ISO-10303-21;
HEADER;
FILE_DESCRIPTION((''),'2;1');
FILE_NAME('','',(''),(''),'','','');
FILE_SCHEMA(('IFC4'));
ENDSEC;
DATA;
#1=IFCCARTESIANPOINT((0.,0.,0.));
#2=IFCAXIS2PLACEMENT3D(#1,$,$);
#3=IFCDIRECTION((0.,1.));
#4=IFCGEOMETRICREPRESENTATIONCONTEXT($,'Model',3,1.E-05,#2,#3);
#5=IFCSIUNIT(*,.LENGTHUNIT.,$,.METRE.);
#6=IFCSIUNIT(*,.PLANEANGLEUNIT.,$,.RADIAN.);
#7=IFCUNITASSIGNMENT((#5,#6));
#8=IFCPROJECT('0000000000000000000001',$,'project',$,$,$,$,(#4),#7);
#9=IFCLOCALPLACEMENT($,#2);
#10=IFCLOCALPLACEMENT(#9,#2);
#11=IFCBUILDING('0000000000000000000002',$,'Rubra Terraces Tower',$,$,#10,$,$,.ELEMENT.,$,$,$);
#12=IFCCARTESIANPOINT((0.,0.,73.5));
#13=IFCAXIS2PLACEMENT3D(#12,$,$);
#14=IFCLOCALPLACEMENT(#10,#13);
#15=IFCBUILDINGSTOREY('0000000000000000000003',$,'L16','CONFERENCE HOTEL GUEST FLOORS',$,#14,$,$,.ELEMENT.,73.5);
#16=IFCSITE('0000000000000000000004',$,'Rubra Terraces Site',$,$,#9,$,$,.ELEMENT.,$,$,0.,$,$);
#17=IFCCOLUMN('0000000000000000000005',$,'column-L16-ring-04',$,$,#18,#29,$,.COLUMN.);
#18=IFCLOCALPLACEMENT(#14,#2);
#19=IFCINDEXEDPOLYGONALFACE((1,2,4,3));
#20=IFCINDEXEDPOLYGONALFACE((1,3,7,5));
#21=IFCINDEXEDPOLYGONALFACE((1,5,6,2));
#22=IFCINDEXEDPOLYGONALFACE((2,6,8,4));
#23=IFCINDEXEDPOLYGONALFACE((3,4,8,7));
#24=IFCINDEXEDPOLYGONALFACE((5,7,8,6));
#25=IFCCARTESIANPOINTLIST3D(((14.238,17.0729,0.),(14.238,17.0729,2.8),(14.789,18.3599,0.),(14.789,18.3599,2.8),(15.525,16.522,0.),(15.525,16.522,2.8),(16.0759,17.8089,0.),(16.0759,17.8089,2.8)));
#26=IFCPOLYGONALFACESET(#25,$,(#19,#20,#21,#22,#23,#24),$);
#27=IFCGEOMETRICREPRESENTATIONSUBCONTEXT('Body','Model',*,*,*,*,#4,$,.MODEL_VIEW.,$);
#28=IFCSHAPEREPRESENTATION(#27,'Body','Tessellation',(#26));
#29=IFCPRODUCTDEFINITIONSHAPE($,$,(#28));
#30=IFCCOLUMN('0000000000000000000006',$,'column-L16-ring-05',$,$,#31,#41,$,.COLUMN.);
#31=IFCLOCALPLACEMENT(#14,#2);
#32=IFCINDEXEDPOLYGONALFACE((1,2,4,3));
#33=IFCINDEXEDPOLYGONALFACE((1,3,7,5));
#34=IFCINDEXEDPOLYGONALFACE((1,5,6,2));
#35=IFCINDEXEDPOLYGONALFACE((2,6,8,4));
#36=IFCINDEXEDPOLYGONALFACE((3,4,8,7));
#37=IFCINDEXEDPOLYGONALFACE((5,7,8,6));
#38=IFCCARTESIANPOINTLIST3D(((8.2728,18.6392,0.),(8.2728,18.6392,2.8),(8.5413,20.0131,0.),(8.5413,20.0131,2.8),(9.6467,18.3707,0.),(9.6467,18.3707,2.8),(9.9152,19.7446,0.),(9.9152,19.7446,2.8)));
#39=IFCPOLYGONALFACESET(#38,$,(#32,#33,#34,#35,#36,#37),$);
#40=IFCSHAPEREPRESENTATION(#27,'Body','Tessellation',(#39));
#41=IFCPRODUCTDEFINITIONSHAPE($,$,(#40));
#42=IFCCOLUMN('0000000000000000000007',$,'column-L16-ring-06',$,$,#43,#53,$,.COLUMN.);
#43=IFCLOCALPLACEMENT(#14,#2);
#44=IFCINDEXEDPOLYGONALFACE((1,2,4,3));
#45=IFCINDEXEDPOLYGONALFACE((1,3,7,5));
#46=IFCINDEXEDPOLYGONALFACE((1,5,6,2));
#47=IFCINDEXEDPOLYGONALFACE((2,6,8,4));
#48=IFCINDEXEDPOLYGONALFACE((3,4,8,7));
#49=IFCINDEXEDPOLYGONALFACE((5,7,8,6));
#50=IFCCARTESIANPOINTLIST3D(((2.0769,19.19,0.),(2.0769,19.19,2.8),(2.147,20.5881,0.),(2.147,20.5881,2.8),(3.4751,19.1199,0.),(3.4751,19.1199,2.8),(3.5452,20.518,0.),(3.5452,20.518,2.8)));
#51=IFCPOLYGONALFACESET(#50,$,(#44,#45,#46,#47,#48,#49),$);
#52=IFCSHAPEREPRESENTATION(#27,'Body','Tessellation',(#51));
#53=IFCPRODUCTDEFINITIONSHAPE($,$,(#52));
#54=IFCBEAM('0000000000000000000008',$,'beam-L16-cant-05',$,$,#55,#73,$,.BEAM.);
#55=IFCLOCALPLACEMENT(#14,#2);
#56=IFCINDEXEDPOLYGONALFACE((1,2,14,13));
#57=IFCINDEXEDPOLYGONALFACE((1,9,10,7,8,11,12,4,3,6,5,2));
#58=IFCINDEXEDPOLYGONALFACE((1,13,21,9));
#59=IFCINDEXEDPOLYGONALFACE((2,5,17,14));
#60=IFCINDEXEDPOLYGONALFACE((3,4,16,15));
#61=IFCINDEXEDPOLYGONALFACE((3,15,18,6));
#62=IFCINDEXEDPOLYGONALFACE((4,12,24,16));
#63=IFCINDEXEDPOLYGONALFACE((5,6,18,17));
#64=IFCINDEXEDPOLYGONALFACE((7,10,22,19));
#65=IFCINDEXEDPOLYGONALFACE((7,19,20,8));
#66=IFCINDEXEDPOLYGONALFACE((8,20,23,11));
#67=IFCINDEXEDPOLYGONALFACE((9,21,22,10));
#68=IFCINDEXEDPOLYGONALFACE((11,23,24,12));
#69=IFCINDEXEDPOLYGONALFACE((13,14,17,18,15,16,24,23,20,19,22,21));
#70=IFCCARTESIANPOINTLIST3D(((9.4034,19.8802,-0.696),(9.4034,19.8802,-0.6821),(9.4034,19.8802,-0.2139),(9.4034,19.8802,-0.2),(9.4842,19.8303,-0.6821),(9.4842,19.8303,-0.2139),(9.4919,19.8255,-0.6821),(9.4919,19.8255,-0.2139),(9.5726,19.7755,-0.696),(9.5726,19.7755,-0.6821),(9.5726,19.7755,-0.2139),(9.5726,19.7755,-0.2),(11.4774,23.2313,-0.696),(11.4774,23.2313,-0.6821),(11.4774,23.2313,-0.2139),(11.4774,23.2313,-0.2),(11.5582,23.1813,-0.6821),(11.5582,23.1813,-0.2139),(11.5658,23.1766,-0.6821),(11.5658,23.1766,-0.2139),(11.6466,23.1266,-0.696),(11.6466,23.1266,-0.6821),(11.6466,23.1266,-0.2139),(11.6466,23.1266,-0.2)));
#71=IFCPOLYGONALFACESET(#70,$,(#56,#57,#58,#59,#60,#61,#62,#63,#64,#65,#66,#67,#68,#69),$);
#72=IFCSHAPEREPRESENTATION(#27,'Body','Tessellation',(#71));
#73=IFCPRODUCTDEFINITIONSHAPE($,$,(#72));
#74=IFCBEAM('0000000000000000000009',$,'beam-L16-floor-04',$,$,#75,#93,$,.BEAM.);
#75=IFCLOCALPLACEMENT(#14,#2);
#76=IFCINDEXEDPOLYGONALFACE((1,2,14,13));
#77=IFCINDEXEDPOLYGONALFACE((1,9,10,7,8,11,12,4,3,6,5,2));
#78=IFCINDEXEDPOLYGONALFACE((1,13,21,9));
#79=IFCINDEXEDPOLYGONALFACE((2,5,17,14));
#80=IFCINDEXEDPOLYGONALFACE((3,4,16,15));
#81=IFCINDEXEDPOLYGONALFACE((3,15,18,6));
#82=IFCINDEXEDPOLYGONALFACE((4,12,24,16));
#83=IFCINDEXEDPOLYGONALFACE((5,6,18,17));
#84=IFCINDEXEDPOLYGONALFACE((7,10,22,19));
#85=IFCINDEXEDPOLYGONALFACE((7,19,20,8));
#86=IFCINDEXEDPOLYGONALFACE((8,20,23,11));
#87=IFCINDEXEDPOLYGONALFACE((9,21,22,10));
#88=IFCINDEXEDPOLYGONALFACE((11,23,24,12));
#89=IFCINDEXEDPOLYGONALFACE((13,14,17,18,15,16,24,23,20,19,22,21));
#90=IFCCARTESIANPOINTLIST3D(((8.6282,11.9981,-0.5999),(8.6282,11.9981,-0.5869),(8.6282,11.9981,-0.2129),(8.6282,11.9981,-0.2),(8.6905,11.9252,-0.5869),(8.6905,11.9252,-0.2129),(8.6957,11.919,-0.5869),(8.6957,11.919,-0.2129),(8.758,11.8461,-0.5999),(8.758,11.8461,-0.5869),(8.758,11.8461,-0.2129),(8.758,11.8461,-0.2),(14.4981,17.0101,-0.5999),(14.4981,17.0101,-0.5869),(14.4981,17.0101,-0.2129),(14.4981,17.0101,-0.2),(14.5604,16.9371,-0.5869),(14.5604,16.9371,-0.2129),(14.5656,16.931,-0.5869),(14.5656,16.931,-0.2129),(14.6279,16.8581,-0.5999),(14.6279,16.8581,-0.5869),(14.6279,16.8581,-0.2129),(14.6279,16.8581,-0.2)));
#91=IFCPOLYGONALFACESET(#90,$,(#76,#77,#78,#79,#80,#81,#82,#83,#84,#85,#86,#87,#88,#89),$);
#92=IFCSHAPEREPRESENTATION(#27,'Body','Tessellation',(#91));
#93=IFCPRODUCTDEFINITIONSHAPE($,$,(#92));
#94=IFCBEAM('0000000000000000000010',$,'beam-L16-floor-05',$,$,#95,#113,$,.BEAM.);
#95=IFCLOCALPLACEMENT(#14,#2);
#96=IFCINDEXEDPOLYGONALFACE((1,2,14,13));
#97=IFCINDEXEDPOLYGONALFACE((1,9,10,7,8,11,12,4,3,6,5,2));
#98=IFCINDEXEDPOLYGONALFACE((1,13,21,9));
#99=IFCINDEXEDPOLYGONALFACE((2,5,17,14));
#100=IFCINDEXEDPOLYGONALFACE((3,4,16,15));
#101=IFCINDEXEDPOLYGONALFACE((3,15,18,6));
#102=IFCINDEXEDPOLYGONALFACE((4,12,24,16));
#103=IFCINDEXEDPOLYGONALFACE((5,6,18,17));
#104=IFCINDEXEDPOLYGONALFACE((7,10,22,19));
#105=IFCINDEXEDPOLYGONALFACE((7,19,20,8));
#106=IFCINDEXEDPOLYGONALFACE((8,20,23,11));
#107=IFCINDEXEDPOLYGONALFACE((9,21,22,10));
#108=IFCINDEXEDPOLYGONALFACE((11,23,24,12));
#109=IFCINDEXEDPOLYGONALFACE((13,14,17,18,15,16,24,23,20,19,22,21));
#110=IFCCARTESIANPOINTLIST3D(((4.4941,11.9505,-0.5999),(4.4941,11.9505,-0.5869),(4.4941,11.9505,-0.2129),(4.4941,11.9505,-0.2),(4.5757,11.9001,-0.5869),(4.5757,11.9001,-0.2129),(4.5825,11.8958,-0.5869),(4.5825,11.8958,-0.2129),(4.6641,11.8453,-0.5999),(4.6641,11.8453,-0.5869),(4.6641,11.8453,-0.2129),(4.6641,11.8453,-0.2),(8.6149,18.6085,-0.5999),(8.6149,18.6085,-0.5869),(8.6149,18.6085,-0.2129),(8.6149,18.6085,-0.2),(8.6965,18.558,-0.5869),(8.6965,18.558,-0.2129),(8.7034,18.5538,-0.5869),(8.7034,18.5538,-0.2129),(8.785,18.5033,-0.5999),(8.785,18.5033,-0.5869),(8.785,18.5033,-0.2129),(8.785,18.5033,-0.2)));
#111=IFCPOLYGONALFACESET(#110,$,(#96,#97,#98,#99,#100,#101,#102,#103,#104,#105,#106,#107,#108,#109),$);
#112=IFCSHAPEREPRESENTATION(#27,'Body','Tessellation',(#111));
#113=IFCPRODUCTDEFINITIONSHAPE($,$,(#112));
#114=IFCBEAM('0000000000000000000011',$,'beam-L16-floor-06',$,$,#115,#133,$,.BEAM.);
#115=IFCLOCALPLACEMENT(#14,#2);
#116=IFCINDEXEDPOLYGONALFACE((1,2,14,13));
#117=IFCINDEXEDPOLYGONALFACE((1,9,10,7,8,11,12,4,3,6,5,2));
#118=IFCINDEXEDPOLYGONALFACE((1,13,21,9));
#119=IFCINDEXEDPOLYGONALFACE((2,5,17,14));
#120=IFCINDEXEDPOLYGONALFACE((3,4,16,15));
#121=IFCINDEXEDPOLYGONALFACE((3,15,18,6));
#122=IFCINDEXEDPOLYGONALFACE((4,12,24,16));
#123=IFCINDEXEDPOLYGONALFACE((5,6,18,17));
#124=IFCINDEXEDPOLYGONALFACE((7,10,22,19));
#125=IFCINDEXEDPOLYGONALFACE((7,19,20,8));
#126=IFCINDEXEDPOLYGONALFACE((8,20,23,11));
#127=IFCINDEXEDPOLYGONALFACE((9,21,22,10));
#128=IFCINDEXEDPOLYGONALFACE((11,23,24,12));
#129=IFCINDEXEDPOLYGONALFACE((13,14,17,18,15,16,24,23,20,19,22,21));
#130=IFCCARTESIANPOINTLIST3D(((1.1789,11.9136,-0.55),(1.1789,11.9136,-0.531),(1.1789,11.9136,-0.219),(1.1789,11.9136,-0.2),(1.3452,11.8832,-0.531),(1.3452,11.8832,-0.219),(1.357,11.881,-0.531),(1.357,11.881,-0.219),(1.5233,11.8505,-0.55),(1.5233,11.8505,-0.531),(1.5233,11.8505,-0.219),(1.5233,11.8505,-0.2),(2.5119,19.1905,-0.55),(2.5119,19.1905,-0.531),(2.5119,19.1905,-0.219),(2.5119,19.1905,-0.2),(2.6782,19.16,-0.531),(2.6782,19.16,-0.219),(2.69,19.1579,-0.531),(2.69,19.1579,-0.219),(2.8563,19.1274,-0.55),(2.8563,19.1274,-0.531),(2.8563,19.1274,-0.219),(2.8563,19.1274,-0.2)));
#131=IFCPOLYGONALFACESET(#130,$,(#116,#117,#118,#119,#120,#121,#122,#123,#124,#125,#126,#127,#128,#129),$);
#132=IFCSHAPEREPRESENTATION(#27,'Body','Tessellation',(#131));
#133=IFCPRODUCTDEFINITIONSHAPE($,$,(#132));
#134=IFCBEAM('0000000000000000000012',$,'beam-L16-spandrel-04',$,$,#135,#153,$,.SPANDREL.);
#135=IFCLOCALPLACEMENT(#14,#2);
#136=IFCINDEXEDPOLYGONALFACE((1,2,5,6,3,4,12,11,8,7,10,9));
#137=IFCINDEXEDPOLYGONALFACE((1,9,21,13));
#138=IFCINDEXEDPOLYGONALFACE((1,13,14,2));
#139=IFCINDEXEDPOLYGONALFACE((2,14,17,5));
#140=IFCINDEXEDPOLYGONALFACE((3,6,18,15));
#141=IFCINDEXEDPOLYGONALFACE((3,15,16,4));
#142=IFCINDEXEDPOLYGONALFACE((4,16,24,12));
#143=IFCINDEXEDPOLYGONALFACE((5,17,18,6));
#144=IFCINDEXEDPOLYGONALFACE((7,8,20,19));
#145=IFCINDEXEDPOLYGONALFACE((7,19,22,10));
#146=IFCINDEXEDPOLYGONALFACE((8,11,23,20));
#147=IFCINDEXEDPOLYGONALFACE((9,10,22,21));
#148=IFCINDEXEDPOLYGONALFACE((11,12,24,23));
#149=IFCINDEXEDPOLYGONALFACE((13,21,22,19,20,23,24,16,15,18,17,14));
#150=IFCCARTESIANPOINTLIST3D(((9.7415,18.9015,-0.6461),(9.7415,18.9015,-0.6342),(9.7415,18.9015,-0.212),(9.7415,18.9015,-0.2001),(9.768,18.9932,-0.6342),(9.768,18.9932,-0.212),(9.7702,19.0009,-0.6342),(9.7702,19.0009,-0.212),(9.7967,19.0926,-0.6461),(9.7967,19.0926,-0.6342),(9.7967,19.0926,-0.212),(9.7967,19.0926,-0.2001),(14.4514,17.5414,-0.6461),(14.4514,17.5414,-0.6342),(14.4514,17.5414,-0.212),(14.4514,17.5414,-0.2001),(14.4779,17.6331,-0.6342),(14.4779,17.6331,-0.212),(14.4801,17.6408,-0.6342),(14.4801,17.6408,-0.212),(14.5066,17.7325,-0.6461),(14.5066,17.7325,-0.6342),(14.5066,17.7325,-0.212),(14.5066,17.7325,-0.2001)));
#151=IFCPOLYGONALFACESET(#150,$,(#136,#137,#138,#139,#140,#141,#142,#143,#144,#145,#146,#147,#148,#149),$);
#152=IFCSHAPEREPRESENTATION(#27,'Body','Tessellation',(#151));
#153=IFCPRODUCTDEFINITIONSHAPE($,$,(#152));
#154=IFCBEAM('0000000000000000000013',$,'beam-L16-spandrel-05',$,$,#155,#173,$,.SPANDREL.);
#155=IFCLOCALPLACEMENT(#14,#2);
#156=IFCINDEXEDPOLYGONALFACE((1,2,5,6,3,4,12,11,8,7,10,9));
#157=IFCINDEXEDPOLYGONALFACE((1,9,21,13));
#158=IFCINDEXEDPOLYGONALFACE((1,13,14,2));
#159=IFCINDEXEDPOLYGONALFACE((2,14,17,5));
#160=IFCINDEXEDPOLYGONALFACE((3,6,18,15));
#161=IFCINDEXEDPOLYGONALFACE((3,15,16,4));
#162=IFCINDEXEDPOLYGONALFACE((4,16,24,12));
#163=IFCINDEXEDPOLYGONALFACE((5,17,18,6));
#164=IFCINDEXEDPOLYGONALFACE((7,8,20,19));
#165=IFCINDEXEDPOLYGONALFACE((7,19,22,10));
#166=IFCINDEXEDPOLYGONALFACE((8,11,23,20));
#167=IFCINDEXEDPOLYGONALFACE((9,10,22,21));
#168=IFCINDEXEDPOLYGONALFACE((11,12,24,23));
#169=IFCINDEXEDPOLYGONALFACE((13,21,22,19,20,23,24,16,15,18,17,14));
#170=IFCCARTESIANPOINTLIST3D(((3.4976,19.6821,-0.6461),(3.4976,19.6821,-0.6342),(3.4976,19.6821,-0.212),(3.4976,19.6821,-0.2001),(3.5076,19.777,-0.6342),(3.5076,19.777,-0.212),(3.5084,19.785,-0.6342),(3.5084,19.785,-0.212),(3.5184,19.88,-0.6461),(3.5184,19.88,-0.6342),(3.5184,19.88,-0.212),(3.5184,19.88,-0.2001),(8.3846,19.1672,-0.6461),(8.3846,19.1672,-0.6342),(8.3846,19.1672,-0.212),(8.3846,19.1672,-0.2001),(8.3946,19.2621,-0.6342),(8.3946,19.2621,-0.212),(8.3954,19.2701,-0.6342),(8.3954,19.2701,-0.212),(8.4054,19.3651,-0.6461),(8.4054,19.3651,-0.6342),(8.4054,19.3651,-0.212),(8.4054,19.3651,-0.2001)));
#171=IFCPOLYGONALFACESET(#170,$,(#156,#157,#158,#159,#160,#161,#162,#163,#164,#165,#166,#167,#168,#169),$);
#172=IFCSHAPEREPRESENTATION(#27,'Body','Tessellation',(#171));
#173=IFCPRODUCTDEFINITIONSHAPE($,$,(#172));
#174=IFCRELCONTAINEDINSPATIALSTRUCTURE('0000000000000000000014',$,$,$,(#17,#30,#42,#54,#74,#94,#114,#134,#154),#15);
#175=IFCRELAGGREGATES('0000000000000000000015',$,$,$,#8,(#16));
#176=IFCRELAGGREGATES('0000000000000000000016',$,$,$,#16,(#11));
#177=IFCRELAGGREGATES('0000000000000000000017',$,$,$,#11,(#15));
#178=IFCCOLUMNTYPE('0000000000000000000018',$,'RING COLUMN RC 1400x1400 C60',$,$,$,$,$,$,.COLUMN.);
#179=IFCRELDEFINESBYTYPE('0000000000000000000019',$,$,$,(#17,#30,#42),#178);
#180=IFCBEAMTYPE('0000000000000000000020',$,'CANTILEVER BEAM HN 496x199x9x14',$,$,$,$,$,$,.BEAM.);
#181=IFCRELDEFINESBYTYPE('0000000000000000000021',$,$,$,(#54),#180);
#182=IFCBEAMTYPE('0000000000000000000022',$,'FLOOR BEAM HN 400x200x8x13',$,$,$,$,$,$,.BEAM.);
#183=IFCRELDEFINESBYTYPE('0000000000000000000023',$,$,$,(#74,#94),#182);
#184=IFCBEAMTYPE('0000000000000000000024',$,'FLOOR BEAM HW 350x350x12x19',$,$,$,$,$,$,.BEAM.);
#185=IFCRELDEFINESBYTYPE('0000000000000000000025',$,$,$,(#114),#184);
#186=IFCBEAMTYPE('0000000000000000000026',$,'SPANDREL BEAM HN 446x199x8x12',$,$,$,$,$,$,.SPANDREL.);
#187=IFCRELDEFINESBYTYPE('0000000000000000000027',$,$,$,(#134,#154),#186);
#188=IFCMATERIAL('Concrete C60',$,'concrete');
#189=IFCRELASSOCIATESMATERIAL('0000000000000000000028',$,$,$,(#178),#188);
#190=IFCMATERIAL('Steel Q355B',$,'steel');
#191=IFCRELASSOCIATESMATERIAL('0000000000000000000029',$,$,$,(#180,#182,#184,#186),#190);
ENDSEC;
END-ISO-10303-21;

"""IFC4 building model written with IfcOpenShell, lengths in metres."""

from ifc_helpers import new_model, si_unit, direction, frame, origin, origin_2d, place, context, subcontext, project, spatial, rectangle, i_section, extrude, material, material_profile, profile_set, type_object, element, save


model = new_model("IFC4")

# Units and contexts
model_context = context("Model", 3, precision=1e-05, world=origin(), true_north=direction((0.0, 1.0)))
body_context = subcontext(model_context, "Body", "Model", "MODEL_VIEW")
ifc_project = project(units=[si_unit("LENGTHUNIT", "METRE"), si_unit("PLANEANGLEUNIT", "RADIAN")], contexts=[model_context])

# Site, building, storey
site_placement = place(None, origin())
site = spatial("IfcSite", under=ifc_project, at=site_placement, Name="Rubra Terraces Site", CompositionType="ELEMENT", RefElevation=0.0)
building_placement = place(site_placement, origin())
building = spatial("IfcBuilding", under=site, at=building_placement, Name="Rubra Terraces Tower", CompositionType="ELEMENT")
storey_placement = place(building_placement, frame((0.0, 0.0, 73.5)))
storey = spatial("IfcBuildingStorey", under=building, at=storey_placement, Name="L16", Description="CONFERENCE HOTEL GUEST FLOORS", CompositionType="ELEMENT", Elevation=73.5)

# Columns
ifc_material_1 = material(Name="Concrete C60", Category="concrete")
ifc_material_profile_1 = material_profile(ifc_material_1, rectangle(XDim=1.3999, YDim=1.3999, at=origin_2d()), Name="RC 1400x1400")
ifc_profile_set_1 = profile_set([ifc_material_profile_1], Name="Concrete C60")
column_type = type_object("IfcColumnType", Name="RING COLUMN RC 1400x1400 C60", PredefinedType="COLUMN", material=ifc_profile_set_1)
for number, where, z_axis, x_axis, name in (
    (1, (15.157, 17.4409, 0.0), (0.0, 0.0, 1.0), (-0.919294, 0.393572, 0.0), "column-L16-ring-04"),
    (2, (9.094, 19.1919, 0.0), (0.0, 0.0, 1.0), (-0.98143, 0.191819, 0.0), "column-L16-ring-05"),
    (3, (2.811, 19.854, 0.0), (0.0, 0.0, 1.0), (-0.998745, 0.050084, 0.0), "column-L16-ring-06"),
):
    element("IfcColumn", number, at=place(storey_placement, frame(where, z_axis=z_axis, x_axis=x_axis)), inside=storey, type_object=column_type, Name=name, PredefinedType="COLUMN", context=body_context, shape_type="SweptSolid", body=[
        extrude(rectangle(XDim=1.3999, YDim=1.3999, at=origin_2d()), origin(), (0.0, 0.0, 1.0), 2.8),
    ])

# Beams
ifc_material_2 = material(Name="Steel Q355B", Category="steel")
ifc_material_profile_2 = material_profile(ifc_material_2, i_section(OverallWidth=0.199, OverallDepth=0.4961, WebThickness=0.009, FlangeThickness=0.0139, at=origin_2d()), Name="HN 496x199x9x14")
ifc_profile_set_2 = profile_set([ifc_material_profile_2], Name="Steel Q355B")
beam_type_1 = type_object("IfcBeamType", Name="CANTILEVER BEAM HN 496x199x9x14", PredefinedType="BEAM", material=ifc_profile_set_2)
beam_1_placement = place(storey_placement, frame((9.488, 19.8279, -0.448), z_axis=(0.526263, 0.850322, 0.0), x_axis=(-0.850322, 0.526263, 0.0)))
element("IfcBeam", 4, at=beam_1_placement, inside=storey, type_object=beam_type_1, Name="beam-L16-cant-05", PredefinedType="BEAM", context=body_context, shape_type="SweptSolid", body=[
    extrude(i_section(OverallWidth=0.199, OverallDepth=0.4961, WebThickness=0.009, FlangeThickness=0.0139, at=origin_2d()), origin(), (0.0, 0.0, 1.0), 3.9409),
])
ifc_material_profile_3 = material_profile(ifc_material_2, i_section(OverallWidth=0.2, OverallDepth=0.3999, WebThickness=0.0081, FlangeThickness=0.0129, at=origin_2d()), Name="HN 400x200x8x13")
ifc_profile_set_3 = profile_set([ifc_material_profile_3], Name="Steel Q355B")
beam_type_2 = type_object("IfcBeamType", Name="FLOOR BEAM HN 400x200x8x13", PredefinedType="BEAM", material=ifc_profile_set_3)
beam_2_placement = place(storey_placement, frame((14.563, 16.9341, -0.3999), z_axis=(-0.760494, -0.649344, 0.0), x_axis=(0.649344, -0.760494, 0.0)))
element("IfcBeam", 5, at=beam_2_placement, inside=storey, type_object=beam_type_2, Name="beam-L16-floor-04", PredefinedType="BEAM", context=body_context, shape_type="SweptSolid", body=[
    extrude(i_section(OverallWidth=0.2, OverallDepth=0.3999, WebThickness=0.0081, FlangeThickness=0.0129, at=origin_2d()), origin(), (0.0, 0.0, 1.0), 7.7185),
])
beam_3_placement = place(storey_placement, frame((8.7, 18.5559, -0.3999), z_axis=(-0.526286, -0.850308, 0.0), x_axis=(0.850308, -0.526286, 0.0)))
element("IfcBeam", 6, at=beam_3_placement, inside=storey, type_object=beam_type_2, Name="beam-L16-floor-05", PredefinedType="BEAM", context=body_context, shape_type="SweptSolid", body=[
    extrude(i_section(OverallWidth=0.2, OverallDepth=0.3999, WebThickness=0.0081, FlangeThickness=0.0129, at=origin_2d()), origin(), (0.0, 0.0, 1.0), 7.8301),
])
ifc_material_profile_4 = material_profile(ifc_material_2, i_section(OverallWidth=0.3501, OverallDepth=0.3501, WebThickness=0.012, FlangeThickness=0.019, at=origin_2d()), Name="HW 350x350x12x19")
ifc_profile_set_4 = profile_set([ifc_material_profile_4], Name="Steel Q355B")
beam_type_3 = type_object("IfcBeamType", Name="FLOOR BEAM HW 350x350x12x19", PredefinedType="BEAM", material=ifc_profile_set_4)
beam_4_placement = place(storey_placement, frame((2.6841, 19.1589, -0.375), z_axis=(-0.180186, -0.983632, 0.0), x_axis=(0.983632, -0.180186, 0.0)))
element("IfcBeam", 7, at=beam_4_placement, inside=storey, type_object=beam_type_3, Name="beam-L16-floor-06", PredefinedType="BEAM", context=body_context, shape_type="SweptSolid", body=[
    extrude(i_section(OverallWidth=0.3501, OverallDepth=0.3501, WebThickness=0.012, FlangeThickness=0.019, at=origin_2d()), origin(), (0.0, 0.0, 1.0), 7.3979),
])
ifc_material_profile_5 = material_profile(ifc_material_2, i_section(OverallWidth=0.199, OverallDepth=0.446, WebThickness=0.0081, FlangeThickness=0.012, at=origin_2d()), Name="HN 446x199x8x12")
ifc_profile_set_5 = profile_set([ifc_material_profile_5], Name="Steel Q355B")
beam_type_4 = type_object("IfcBeamType", Name="SPANDREL BEAM HN 446x199x8x12", PredefinedType="SPANDREL", material=ifc_profile_set_5)
beam_5_placement = place(storey_placement, frame((14.479, 17.637, -0.4231), z_axis=(-0.960744, 0.277436, 0.0), x_axis=(-0.277436, -0.960744, 0.0)))
element("IfcBeam", 8, at=beam_5_placement, inside=storey, type_object=beam_type_4, Name="beam-L16-spandrel-04", PredefinedType="SPANDREL", context=body_context, shape_type="SweptSolid", body=[
    extrude(i_section(OverallWidth=0.199, OverallDepth=0.446, WebThickness=0.0081, FlangeThickness=0.012, at=origin_2d()), origin(), (0.0, 0.0, 1.0), 4.9023),
])
beam_6_placement = place(storey_placement, frame((8.395, 19.2661, -0.4231), z_axis=(-0.994495, 0.10478, 0.0), x_axis=(-0.10478, -0.994495, 0.0)))
element("IfcBeam", 9, at=beam_6_placement, inside=storey, type_object=beam_type_4, Name="beam-L16-spandrel-05", PredefinedType="SPANDREL", context=body_context, shape_type="SweptSolid", body=[
    extrude(i_section(OverallWidth=0.199, OverallDepth=0.446, WebThickness=0.0081, FlangeThickness=0.012, at=origin_2d()), origin(), (0.0, 0.0, 1.0), 4.9141),
])

save(model, "model.ifc")
